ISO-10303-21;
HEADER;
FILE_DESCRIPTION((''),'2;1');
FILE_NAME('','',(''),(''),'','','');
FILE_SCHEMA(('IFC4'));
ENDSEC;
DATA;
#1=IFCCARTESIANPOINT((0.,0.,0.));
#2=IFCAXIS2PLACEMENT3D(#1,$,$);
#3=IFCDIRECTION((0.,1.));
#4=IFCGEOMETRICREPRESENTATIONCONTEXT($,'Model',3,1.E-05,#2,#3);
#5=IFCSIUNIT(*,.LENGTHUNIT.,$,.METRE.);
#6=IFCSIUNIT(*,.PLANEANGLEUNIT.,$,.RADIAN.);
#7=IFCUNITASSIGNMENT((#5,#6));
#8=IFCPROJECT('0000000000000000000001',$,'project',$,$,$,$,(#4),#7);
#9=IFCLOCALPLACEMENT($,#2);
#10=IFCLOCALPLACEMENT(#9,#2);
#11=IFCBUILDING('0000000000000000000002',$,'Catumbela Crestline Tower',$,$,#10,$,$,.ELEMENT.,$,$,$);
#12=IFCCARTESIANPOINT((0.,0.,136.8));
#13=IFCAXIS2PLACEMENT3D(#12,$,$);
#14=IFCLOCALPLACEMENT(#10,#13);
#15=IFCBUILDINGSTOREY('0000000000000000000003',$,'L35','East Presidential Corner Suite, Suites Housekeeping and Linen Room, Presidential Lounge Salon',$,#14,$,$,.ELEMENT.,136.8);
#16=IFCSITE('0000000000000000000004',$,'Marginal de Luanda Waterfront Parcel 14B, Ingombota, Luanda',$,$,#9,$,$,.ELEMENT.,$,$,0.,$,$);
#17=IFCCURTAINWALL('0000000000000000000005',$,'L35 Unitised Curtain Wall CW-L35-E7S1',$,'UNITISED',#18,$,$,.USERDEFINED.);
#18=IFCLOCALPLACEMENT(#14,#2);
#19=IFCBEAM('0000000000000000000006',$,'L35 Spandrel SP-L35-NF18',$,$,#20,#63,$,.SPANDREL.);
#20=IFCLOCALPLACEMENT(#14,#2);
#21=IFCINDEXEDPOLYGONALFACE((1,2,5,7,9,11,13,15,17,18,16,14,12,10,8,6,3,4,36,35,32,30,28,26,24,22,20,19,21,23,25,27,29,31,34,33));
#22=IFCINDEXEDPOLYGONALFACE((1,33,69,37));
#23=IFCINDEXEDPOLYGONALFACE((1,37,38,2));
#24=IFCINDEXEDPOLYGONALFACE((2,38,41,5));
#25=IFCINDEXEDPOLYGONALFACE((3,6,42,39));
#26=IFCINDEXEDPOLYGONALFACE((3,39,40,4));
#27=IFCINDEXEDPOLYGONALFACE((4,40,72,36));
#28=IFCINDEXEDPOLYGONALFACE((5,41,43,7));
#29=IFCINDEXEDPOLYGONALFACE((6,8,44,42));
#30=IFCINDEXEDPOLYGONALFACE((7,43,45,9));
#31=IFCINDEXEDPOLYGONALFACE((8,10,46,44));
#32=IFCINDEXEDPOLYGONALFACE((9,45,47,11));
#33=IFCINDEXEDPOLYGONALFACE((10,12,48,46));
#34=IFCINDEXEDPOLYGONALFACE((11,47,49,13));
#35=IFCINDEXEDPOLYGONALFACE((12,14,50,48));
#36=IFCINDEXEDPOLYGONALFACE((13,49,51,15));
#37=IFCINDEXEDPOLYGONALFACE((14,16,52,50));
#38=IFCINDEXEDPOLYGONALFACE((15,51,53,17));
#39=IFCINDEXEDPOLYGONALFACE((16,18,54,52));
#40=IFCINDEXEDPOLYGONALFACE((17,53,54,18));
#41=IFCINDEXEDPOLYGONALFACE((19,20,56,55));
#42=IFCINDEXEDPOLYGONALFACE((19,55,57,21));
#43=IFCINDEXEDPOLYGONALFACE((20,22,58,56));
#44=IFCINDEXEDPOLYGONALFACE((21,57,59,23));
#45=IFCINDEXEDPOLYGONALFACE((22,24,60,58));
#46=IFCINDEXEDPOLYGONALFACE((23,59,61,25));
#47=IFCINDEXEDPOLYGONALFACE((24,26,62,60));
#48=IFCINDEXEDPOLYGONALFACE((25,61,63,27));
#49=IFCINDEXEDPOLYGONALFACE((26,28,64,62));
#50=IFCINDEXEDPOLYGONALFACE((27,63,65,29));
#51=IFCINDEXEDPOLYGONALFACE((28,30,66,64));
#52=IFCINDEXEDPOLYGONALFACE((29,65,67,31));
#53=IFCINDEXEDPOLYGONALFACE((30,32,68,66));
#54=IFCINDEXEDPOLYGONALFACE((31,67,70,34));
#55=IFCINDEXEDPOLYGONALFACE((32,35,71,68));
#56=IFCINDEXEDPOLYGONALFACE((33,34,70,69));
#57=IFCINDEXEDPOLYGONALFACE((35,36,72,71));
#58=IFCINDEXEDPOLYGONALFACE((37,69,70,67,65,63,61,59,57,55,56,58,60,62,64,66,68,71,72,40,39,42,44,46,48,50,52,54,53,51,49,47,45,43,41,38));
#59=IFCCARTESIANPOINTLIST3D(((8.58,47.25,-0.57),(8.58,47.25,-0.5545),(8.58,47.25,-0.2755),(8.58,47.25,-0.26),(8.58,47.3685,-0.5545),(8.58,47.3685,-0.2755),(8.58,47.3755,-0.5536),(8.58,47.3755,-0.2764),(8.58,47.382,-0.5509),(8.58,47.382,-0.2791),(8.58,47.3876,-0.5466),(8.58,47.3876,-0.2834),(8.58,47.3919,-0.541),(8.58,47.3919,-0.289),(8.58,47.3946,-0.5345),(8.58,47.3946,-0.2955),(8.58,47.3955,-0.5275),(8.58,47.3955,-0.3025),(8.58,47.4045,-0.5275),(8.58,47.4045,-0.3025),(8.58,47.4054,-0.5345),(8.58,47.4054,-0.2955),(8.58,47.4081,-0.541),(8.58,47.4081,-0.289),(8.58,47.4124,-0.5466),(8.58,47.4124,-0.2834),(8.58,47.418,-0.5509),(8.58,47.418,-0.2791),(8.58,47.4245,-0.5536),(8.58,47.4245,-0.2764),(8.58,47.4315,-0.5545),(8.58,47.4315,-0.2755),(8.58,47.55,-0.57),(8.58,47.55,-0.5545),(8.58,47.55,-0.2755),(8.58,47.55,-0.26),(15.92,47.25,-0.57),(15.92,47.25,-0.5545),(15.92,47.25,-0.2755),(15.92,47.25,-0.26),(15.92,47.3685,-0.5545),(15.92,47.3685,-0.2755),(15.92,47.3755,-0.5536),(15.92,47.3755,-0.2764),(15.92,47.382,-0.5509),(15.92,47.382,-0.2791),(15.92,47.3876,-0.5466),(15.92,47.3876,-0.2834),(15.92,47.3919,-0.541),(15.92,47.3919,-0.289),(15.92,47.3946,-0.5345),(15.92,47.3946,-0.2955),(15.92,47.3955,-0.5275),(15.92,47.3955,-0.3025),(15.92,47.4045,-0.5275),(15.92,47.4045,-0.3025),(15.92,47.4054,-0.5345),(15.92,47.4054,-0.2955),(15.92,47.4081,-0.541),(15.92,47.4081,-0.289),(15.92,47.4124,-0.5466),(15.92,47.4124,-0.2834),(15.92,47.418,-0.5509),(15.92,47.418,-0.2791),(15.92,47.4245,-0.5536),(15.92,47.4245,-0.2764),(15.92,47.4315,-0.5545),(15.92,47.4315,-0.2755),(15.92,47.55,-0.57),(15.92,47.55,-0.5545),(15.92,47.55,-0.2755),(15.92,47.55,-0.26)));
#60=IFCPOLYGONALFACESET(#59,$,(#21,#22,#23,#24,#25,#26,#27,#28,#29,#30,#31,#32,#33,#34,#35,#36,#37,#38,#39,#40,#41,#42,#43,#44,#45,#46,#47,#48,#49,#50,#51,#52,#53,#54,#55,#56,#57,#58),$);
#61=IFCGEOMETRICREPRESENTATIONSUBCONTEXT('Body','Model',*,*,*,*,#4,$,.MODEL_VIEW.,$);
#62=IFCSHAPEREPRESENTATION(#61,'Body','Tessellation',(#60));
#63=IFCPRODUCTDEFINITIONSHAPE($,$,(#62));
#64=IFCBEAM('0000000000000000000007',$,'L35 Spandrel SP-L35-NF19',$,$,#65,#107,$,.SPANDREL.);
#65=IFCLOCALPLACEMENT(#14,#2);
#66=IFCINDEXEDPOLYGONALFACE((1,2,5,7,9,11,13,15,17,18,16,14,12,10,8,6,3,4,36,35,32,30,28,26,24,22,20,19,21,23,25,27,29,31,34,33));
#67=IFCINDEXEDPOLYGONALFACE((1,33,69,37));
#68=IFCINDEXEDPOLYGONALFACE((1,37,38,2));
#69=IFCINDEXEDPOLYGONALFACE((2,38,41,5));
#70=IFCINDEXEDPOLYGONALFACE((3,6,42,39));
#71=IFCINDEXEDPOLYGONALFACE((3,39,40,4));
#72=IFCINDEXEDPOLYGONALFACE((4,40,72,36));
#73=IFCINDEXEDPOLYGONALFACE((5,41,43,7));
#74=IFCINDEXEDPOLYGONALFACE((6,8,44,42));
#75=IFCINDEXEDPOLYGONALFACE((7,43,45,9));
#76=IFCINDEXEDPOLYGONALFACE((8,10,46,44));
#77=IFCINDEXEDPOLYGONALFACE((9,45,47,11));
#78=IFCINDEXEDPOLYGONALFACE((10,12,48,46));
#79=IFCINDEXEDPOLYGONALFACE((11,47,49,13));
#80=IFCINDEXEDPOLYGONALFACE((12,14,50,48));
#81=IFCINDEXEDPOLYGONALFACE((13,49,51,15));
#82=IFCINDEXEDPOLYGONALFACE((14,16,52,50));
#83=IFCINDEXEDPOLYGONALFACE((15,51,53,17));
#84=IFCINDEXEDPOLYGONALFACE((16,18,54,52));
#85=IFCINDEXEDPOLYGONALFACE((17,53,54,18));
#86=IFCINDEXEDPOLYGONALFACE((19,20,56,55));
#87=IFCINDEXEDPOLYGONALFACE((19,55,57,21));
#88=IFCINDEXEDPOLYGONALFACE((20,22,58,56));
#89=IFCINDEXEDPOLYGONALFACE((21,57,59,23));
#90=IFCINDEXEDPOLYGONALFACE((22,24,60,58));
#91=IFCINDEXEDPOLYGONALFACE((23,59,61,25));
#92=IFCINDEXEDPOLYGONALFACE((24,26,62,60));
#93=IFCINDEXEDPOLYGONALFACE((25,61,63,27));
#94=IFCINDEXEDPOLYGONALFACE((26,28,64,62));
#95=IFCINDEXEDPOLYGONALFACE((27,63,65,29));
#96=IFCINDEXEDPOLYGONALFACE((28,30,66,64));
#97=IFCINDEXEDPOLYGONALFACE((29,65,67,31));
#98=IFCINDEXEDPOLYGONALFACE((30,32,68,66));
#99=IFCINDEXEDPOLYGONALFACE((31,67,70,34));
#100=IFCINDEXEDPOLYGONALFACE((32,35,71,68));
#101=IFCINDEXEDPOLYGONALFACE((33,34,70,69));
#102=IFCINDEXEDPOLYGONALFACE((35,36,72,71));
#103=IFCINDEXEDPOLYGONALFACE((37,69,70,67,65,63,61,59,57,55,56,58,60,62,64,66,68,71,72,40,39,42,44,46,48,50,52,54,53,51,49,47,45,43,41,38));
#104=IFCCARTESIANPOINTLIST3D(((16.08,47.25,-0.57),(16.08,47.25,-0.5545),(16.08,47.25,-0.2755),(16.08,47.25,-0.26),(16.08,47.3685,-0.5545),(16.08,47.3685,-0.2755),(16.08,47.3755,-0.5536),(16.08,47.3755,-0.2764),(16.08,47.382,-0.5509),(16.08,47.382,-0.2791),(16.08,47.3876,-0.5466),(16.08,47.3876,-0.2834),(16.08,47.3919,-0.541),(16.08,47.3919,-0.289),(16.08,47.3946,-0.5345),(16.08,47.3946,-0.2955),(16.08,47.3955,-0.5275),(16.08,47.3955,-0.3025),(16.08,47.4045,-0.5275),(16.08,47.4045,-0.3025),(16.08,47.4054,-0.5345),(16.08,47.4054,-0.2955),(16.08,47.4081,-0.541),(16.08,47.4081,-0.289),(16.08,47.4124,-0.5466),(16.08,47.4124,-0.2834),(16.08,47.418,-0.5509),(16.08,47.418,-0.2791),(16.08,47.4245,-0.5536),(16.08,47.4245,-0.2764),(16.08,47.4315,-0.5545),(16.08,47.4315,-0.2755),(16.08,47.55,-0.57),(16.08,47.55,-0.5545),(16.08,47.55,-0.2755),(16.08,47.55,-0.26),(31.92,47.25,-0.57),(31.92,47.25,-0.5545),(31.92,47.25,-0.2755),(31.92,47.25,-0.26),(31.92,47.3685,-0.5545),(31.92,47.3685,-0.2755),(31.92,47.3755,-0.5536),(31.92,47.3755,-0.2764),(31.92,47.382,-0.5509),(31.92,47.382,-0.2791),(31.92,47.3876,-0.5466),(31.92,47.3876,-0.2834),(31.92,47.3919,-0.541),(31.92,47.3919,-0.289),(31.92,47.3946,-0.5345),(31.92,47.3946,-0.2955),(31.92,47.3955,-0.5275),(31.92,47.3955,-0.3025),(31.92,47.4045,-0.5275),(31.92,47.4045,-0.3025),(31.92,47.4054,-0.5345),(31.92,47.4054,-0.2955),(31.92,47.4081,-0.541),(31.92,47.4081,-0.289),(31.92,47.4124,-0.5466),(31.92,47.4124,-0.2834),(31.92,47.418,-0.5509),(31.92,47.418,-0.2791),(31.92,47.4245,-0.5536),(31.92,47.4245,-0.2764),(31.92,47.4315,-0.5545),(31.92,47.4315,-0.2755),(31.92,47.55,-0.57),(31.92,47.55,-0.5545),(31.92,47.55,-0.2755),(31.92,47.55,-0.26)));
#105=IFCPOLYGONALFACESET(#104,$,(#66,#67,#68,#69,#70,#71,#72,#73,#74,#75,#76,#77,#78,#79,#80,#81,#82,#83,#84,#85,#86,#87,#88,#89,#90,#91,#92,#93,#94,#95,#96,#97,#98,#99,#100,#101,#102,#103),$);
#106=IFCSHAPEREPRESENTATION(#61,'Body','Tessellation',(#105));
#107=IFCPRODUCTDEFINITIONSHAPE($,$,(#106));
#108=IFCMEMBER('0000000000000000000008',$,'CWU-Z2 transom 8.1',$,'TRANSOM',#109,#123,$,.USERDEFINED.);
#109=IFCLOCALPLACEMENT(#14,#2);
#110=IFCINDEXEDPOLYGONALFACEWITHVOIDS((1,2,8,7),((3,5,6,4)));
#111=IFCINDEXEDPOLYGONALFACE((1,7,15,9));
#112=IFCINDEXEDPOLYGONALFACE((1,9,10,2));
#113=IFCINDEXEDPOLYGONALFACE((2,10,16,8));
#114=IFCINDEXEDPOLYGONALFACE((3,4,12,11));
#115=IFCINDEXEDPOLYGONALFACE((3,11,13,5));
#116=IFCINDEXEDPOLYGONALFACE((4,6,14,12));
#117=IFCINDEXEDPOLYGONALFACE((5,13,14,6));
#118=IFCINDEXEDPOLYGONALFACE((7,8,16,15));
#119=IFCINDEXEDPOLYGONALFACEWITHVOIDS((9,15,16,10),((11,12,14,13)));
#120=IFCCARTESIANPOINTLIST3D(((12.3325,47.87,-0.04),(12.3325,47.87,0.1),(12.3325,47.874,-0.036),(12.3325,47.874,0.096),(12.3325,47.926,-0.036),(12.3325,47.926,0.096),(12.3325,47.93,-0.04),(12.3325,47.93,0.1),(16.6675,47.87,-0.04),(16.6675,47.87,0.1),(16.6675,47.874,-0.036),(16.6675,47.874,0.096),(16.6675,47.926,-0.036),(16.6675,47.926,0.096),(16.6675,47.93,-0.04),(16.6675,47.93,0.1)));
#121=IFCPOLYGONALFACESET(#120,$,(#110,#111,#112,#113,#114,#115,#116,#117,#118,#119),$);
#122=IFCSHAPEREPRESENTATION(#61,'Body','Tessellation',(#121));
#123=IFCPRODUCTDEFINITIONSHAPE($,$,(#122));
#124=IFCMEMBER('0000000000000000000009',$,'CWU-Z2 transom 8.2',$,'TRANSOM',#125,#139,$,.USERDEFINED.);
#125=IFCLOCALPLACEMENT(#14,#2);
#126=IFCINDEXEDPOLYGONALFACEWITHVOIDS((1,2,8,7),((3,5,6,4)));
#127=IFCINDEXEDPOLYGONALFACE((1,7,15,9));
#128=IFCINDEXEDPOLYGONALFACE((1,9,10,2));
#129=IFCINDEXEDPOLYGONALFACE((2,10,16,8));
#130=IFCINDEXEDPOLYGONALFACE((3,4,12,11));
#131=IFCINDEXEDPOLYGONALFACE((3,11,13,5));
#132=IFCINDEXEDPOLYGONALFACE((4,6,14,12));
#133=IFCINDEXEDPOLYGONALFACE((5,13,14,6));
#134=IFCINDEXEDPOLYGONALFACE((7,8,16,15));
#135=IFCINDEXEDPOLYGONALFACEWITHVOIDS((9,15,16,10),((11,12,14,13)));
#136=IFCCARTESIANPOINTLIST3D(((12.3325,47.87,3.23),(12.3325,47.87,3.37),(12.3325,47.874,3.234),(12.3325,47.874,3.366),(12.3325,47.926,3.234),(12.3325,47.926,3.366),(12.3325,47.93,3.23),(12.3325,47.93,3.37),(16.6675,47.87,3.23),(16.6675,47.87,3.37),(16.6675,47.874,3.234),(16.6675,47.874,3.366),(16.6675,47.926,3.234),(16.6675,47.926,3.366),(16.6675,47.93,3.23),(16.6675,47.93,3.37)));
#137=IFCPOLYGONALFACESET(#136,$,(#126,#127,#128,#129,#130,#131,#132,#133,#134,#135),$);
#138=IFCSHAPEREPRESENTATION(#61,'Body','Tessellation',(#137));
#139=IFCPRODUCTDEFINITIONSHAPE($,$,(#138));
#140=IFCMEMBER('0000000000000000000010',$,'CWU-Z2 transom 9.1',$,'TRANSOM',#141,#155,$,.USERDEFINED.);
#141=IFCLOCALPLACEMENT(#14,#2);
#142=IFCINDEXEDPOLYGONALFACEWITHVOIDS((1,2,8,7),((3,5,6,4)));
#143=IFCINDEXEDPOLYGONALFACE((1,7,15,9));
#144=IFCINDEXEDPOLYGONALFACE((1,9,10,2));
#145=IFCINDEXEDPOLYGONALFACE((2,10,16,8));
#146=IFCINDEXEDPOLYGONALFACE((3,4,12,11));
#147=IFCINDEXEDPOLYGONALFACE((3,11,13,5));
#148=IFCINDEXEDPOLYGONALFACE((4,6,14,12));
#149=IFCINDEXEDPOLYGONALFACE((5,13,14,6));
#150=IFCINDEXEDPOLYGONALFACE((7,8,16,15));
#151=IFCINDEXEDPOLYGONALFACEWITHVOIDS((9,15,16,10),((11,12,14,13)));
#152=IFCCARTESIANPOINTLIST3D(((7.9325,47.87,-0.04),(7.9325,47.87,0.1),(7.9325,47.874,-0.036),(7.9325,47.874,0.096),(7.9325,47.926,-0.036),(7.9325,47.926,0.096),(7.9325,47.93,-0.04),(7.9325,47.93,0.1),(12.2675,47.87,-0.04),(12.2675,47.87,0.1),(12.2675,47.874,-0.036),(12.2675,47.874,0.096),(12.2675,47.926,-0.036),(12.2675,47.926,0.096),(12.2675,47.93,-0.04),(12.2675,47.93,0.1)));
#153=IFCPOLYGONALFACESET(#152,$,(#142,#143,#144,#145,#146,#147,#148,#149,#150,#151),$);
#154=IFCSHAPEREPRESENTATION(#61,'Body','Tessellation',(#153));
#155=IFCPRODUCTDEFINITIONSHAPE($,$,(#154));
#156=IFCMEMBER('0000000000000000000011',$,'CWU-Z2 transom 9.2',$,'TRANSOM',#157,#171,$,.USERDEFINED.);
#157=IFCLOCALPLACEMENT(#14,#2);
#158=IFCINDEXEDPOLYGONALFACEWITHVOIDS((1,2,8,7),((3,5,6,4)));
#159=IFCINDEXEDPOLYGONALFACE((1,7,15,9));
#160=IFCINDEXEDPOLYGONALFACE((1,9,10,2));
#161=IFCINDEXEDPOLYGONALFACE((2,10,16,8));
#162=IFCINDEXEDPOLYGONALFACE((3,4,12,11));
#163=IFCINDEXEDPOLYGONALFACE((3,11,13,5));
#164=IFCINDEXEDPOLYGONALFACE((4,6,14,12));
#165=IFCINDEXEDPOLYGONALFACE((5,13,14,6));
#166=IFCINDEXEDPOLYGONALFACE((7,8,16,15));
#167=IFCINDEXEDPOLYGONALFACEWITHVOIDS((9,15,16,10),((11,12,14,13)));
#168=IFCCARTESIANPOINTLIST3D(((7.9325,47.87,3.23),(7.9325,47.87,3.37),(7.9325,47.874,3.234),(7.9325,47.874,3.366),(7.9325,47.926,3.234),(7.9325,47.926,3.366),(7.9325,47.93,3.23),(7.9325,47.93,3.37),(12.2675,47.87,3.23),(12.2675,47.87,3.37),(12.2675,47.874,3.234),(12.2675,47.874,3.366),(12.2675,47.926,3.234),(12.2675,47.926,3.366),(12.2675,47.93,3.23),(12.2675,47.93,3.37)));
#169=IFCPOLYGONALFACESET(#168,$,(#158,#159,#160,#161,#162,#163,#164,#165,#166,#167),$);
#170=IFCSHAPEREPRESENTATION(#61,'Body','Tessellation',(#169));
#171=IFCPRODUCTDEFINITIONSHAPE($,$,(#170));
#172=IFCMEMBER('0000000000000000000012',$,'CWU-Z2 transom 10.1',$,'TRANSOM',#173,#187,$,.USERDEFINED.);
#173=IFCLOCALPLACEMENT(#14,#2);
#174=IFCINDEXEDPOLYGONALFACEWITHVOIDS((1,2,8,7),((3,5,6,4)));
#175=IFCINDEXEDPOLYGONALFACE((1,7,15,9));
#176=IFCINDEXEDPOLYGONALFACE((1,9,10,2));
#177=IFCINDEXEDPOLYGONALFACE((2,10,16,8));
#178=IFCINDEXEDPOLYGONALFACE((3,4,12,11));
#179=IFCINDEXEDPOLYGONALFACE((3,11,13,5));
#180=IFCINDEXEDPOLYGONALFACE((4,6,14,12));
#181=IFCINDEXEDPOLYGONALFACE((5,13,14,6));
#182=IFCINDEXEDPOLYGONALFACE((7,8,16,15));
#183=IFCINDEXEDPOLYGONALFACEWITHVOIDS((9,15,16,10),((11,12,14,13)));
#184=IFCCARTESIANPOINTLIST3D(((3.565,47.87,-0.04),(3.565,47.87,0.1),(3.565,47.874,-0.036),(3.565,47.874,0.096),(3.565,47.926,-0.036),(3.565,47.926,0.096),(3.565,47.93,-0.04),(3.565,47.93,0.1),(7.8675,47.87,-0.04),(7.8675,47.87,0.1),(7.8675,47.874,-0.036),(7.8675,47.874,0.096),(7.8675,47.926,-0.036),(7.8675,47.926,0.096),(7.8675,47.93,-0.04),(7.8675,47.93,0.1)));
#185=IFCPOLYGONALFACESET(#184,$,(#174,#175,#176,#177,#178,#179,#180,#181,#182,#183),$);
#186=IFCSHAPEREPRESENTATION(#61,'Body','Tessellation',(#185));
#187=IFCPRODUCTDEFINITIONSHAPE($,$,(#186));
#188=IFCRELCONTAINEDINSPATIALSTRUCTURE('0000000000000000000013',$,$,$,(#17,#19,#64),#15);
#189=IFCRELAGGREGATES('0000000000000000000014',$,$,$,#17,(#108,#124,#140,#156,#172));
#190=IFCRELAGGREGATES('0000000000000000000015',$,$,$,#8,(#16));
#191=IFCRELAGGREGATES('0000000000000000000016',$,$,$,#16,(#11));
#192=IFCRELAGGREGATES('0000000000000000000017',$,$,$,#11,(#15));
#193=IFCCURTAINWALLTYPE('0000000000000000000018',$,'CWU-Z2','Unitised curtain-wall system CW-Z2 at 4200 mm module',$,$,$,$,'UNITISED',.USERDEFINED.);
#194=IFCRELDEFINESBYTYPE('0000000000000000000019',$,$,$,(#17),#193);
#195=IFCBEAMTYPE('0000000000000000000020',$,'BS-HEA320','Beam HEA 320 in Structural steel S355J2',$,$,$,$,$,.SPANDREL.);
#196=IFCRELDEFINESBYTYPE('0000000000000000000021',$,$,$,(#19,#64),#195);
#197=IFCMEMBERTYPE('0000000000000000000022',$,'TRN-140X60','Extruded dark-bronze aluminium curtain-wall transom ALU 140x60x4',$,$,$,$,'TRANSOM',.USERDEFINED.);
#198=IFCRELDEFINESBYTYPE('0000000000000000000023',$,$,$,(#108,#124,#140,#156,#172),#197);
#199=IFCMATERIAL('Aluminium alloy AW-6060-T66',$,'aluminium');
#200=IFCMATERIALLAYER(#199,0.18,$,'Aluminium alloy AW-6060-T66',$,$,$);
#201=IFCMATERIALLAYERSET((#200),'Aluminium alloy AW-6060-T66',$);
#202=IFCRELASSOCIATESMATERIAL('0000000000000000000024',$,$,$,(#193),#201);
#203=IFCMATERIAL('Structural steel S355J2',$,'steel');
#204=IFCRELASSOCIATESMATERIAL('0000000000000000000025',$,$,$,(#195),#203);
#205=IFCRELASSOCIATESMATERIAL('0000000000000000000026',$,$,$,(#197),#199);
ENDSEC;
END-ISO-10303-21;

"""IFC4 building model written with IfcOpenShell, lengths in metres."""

from ifc_helpers import new_model, si_unit, direction, frame, origin, origin_2d, place, context, subcontext, project, spatial, hollow_rectangle, i_section, extrude, material, layer, layer_set, material_profile, profile_set, type_object, element, aggregate, save


model = new_model("IFC4")

# Units and contexts
model_context = context("Model", 3, precision=1e-05, world=origin(), true_north=direction((0.0, 1.0)))
body_context = subcontext(model_context, "Body", "Model", "MODEL_VIEW")
ifc_project = project(units=[si_unit("LENGTHUNIT", "METRE"), si_unit("PLANEANGLEUNIT", "RADIAN")], contexts=[model_context])

# Site, building, storey
site_placement = place(None, origin())
site = spatial("IfcSite", under=ifc_project, at=site_placement, Name="Marginal de Luanda Waterfront Parcel 14B, Ingombota, Luanda", CompositionType="ELEMENT", RefElevation=0.0)
building_placement = place(site_placement, origin())
building = spatial("IfcBuilding", under=site, at=building_placement, Name="Catumbela Crestline Tower", CompositionType="ELEMENT")
storey_placement = place(building_placement, frame((0.0, 0.0, 136.8)))
storey = spatial("IfcBuildingStorey", under=building, at=storey_placement, Name="L35", Description="East Presidential Corner Suite, Suites Housekeeping and Linen Room, Presidential Lounge Salon", CompositionType="ELEMENT", Elevation=136.8)

# Curtain wall
ifc_material_1 = material(Name="Aluminium alloy AW-6060-T66", Category="aluminium")
ifc_layer_1 = layer(ifc_material_1, 0.18, Name="Aluminium alloy AW-6060-T66")
ifc_layer_set_1 = layer_set([ifc_layer_1], Name="Aluminium alloy AW-6060-T66")
curtain_wall_type = type_object("IfcCurtainWallType", Name="CWU-Z2", Description="Unitised curtain-wall system CW-Z2 at 4200 mm module", ElementType="UNITISED", PredefinedType="USERDEFINED", material=ifc_layer_set_1)
curtain_wall_placement = place(storey_placement, origin())
curtain_wall = element("IfcCurtainWall", 1, at=curtain_wall_placement, inside=storey, type_object=curtain_wall_type, Name="L35 Unitised Curtain Wall CW-L35-E7S1", ObjectType="UNITISED", PredefinedType="USERDEFINED")

# Beams
ifc_material_2 = material(Name="Structural steel S355J2", Category="steel")
ifc_material_profile_1 = material_profile(ifc_material_2, i_section(OverallWidth=0.3, OverallDepth=0.31, WebThickness=0.009, FlangeThickness=0.0155, FilletRadius=0.027, at=origin_2d()), Name="HEA 320")
ifc_profile_set_1 = profile_set([ifc_material_profile_1], Name="Structural steel S355J2")
beam_type = type_object("IfcBeamType", Name="BS-HEA320", Description="Beam HEA 320 in Structural steel S355J2", PredefinedType="SPANDREL", material=ifc_profile_set_1)
beam_1_placement = place(storey_placement, frame((8.58, 47.4, -0.415), z_axis=(1.0, 0.0, 0.0), x_axis=(0.0, 1.0, 0.0)))
element("IfcBeam", 2, at=beam_1_placement, inside=storey, type_object=beam_type, Name="L35 Spandrel SP-L35-NF18", PredefinedType="SPANDREL", context=body_context, shape_type="SweptSolid", body=[
    extrude(i_section(OverallWidth=0.3, OverallDepth=0.31, WebThickness=0.009, FlangeThickness=0.0155, FilletRadius=0.027, at=origin_2d()), origin(), (0.0, 0.0, 1.0), 7.34),
])
beam_2_placement = place(storey_placement, frame((16.08, 47.4, -0.415), z_axis=(1.0, 0.0, 0.0), x_axis=(0.0, 1.0, 0.0)))
element("IfcBeam", 3, at=beam_2_placement, inside=storey, type_object=beam_type, Name="L35 Spandrel SP-L35-NF19", PredefinedType="SPANDREL", context=body_context, shape_type="SweptSolid", body=[
    extrude(i_section(OverallWidth=0.3, OverallDepth=0.31, WebThickness=0.009, FlangeThickness=0.0155, FilletRadius=0.027, at=origin_2d()), origin(), (0.0, 0.0, 1.0), 15.84),
])

# Members
ifc_material_profile_2 = material_profile(ifc_material_1, hollow_rectangle(XDim=0.06, YDim=0.14, WallThickness=0.004, at=origin_2d()), Name="ALU 140x60x4")
ifc_profile_set_2 = profile_set([ifc_material_profile_2], Name="Aluminium alloy AW-6060-T66")
member_type_1 = type_object("IfcMemberType", Name="TRN-140X60", Description="Extruded dark-bronze aluminium curtain-wall transom ALU 140x60x4", ElementType="TRANSOM", PredefinedType="USERDEFINED", material=ifc_profile_set_2)
member_1_placement = place(storey_placement, frame((16.6675, 47.9, 0.03), z_axis=(-1.0, 0.0, 0.0), x_axis=(0.0, -1.0, 0.0)))
member_1 = element("IfcMember", 4, at=member_1_placement, type_object=member_type_1, Name="CWU-Z2 transom 8.1", ObjectType="TRANSOM", PredefinedType="USERDEFINED", context=body_context, shape_type="SweptSolid", body=[
    extrude(hollow_rectangle(XDim=0.06, YDim=0.14, WallThickness=0.004, at=origin_2d()), origin(), (0.0, 0.0, 1.0), 4.335),
])
member_2_placement = place(storey_placement, frame((16.6675, 47.9, 3.3), z_axis=(-1.0, 0.0, 0.0), x_axis=(0.0, -1.0, 0.0)))
member_2 = element("IfcMember", 5, at=member_2_placement, type_object=member_type_1, Name="CWU-Z2 transom 8.2", ObjectType="TRANSOM", PredefinedType="USERDEFINED", context=body_context, shape_type="SweptSolid", body=[
    extrude(hollow_rectangle(XDim=0.06, YDim=0.14, WallThickness=0.004, at=origin_2d()), origin(), (0.0, 0.0, 1.0), 4.335),
])
member_3_placement = place(storey_placement, frame((12.2675, 47.9, 0.03), z_axis=(-1.0, 0.0, 0.0), x_axis=(0.0, -1.0, 0.0)))
member_3 = element("IfcMember", 6, at=member_3_placement, type_object=member_type_1, Name="CWU-Z2 transom 9.1", ObjectType="TRANSOM", PredefinedType="USERDEFINED", context=body_context, shape_type="SweptSolid", body=[
    extrude(hollow_rectangle(XDim=0.06, YDim=0.14, WallThickness=0.004, at=origin_2d()), origin(), (0.0, 0.0, 1.0), 4.335),
])
member_4_placement = place(storey_placement, frame((12.2675, 47.9, 3.3), z_axis=(-1.0, 0.0, 0.0), x_axis=(0.0, -1.0, 0.0)))
member_4 = element("IfcMember", 7, at=member_4_placement, type_object=member_type_1, Name="CWU-Z2 transom 9.2", ObjectType="TRANSOM", PredefinedType="USERDEFINED", context=body_context, shape_type="SweptSolid", body=[
    extrude(hollow_rectangle(XDim=0.06, YDim=0.14, WallThickness=0.004, at=origin_2d()), origin(), (0.0, 0.0, 1.0), 4.335),
])
member_5_placement = place(storey_placement, frame((7.8675, 47.9, 0.03), z_axis=(-1.0, 0.0, 0.0), x_axis=(0.0, -1.0, 0.0)))
member_5 = element("IfcMember", 8, at=member_5_placement, type_object=member_type_1, Name="CWU-Z2 transom 10.1", ObjectType="TRANSOM", PredefinedType="USERDEFINED", context=body_context, shape_type="SweptSolid", body=[
    extrude(hollow_rectangle(XDim=0.06, YDim=0.14, WallThickness=0.004, at=origin_2d()), origin(), (0.0, 0.0, 1.0), 4.3025),
])

aggregate(curtain_wall, [member_1, member_2, member_3, member_4, member_5])

save(model, "model.ifc")
